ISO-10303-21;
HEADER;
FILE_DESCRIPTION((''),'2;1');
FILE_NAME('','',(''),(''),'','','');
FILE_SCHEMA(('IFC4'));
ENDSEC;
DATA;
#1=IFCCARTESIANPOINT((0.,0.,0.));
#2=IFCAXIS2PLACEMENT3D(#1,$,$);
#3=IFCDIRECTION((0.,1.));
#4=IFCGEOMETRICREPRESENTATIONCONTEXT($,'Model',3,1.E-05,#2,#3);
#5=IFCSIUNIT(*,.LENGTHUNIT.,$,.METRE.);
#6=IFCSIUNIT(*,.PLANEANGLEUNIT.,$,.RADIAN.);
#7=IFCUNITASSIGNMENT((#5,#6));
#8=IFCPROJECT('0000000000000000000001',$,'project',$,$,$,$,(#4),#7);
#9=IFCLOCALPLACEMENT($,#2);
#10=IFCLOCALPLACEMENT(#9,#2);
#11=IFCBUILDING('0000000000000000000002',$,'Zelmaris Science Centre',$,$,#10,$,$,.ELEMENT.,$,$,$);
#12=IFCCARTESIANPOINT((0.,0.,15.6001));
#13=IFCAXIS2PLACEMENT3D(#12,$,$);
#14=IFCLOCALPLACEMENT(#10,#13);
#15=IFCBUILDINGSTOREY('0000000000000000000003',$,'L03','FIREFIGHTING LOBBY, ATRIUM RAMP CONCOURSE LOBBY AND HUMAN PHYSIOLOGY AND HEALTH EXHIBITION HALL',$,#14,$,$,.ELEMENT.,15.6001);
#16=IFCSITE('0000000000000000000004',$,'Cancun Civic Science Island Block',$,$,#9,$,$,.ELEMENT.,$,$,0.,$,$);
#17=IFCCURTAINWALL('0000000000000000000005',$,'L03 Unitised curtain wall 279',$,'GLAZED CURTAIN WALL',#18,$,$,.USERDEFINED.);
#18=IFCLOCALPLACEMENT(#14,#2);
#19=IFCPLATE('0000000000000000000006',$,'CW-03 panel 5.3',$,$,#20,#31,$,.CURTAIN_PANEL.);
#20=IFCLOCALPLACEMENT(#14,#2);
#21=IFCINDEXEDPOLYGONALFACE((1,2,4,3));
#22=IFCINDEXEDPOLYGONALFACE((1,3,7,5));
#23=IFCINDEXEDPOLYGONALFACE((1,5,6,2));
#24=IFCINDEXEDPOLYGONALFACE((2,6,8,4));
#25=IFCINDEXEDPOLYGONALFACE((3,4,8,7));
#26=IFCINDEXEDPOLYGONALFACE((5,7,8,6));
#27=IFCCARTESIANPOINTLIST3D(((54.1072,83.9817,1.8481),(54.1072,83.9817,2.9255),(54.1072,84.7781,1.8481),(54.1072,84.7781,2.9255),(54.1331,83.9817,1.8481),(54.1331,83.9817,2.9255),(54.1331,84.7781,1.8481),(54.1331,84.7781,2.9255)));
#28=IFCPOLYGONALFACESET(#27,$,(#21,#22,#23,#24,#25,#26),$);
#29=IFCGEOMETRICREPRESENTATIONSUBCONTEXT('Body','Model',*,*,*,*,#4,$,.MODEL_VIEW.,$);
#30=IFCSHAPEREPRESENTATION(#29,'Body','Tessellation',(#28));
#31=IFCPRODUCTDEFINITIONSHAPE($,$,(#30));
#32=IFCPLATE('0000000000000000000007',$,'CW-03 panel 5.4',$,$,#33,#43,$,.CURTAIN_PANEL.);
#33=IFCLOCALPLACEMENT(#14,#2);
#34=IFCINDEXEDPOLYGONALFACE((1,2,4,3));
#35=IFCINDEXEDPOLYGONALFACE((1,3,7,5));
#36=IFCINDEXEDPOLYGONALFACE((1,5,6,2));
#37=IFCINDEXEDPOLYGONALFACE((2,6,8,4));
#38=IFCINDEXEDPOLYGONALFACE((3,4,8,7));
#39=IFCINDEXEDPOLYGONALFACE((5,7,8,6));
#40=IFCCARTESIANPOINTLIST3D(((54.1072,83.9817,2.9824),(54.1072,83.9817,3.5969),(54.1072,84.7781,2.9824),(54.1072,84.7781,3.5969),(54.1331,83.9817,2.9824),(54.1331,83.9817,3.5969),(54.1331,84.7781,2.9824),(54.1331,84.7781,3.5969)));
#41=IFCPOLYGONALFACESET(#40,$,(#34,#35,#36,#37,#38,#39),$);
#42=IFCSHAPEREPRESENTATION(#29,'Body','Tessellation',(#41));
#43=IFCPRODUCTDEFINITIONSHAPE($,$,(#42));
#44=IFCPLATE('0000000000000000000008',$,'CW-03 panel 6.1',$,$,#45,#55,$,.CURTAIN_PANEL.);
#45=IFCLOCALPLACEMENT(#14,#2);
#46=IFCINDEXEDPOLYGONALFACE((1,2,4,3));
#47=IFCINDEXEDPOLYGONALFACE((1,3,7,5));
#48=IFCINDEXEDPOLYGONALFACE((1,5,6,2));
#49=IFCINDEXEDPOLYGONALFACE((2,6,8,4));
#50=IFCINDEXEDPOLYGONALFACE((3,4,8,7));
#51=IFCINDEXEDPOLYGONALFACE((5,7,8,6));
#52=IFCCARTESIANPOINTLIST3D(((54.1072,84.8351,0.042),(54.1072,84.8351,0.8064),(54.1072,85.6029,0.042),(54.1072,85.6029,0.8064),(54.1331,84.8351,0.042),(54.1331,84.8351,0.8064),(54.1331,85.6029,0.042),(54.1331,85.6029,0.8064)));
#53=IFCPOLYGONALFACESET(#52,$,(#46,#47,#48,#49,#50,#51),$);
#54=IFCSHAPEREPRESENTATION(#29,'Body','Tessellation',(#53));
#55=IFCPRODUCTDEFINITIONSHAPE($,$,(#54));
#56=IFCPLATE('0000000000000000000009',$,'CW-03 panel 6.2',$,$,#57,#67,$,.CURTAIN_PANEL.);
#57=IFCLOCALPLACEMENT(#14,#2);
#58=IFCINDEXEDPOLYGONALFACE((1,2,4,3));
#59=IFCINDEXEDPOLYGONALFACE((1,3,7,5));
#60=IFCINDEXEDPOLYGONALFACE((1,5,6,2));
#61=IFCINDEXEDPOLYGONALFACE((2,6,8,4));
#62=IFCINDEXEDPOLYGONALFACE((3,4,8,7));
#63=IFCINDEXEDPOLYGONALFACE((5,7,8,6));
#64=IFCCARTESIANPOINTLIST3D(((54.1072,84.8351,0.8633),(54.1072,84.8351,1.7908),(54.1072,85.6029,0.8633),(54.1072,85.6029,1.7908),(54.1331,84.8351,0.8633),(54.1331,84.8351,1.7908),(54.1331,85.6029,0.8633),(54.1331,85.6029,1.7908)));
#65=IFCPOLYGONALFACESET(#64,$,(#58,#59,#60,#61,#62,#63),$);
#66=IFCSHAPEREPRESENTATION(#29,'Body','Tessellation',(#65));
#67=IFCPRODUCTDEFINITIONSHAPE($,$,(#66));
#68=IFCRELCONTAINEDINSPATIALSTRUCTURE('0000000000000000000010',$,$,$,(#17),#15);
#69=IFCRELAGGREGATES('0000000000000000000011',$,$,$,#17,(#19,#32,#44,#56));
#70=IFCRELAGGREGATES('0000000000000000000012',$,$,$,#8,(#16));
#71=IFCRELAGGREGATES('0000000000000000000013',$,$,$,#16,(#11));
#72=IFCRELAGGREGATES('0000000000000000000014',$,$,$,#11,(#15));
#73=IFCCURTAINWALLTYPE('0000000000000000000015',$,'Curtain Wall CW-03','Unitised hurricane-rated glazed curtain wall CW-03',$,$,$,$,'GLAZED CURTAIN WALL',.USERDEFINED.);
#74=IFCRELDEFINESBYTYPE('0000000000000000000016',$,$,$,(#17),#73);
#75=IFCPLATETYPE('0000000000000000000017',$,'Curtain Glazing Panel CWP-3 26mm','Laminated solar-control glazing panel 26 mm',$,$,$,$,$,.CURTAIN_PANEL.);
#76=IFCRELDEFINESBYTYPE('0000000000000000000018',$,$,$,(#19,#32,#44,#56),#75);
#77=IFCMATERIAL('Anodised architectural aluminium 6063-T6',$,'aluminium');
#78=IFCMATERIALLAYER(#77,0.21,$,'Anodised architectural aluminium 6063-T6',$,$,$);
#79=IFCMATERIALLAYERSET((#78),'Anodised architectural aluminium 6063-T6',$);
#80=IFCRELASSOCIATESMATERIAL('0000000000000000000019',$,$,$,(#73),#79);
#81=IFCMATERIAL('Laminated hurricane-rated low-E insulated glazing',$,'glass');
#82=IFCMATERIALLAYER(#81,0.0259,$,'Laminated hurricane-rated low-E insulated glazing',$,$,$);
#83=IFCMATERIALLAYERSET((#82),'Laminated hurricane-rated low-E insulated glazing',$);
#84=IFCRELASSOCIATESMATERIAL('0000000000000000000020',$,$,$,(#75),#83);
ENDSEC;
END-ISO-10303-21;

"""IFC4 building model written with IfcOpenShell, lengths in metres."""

from ifc_helpers import new_model, si_unit, direction, frame, origin, origin_2d, place, context, subcontext, project, spatial, rectangle, extrude, material, layer, layer_set, type_object, element, aggregate, save


model = new_model("IFC4")

# Units and contexts
model_context = context("Model", 3, precision=1e-05, world=origin(), true_north=direction((0.0, 1.0)))
body_context = subcontext(model_context, "Body", "Model", "MODEL_VIEW")
ifc_project = project(units=[si_unit("LENGTHUNIT", "METRE"), si_unit("PLANEANGLEUNIT", "RADIAN")], contexts=[model_context])

# Site, building, storey
site_placement = place(None, origin())
site = spatial("IfcSite", under=ifc_project, at=site_placement, Name="Cancun Civic Science Island Block", CompositionType="ELEMENT", RefElevation=0.0)
building_placement = place(site_placement, origin())
building = spatial("IfcBuilding", under=site, at=building_placement, Name="Zelmaris Science Centre", CompositionType="ELEMENT")
storey_placement = place(building_placement, frame((0.0, 0.0, 15.6001)))
storey = spatial("IfcBuildingStorey", under=building, at=storey_placement, Name="L03", Description="FIREFIGHTING LOBBY, ATRIUM RAMP CONCOURSE LOBBY AND HUMAN PHYSIOLOGY AND HEALTH EXHIBITION HALL", CompositionType="ELEMENT", Elevation=15.6001)

# Curtain wall, plates
ifc_material_1 = material(Name="Anodised architectural aluminium 6063-T6", Category="aluminium")
ifc_layer_1 = layer(ifc_material_1, 0.21, Name="Anodised architectural aluminium 6063-T6")
ifc_layer_set_1 = layer_set([ifc_layer_1], Name="Anodised architectural aluminium 6063-T6")
curtain_wall_type = type_object("IfcCurtainWallType", Name="Curtain Wall CW-03", Description="Unitised hurricane-rated glazed curtain wall CW-03", ElementType="GLAZED CURTAIN WALL", PredefinedType="USERDEFINED", material=ifc_layer_set_1)
curtain_wall_placement = place(storey_placement, origin())
curtain_wall = element("IfcCurtainWall", 1, at=curtain_wall_placement, inside=storey, type_object=curtain_wall_type, Name="L03 Unitised curtain wall 279", ObjectType="GLAZED CURTAIN WALL", PredefinedType="USERDEFINED")
ifc_material_2 = material(Name="Laminated hurricane-rated low-E insulated glazing", Category="glass")
ifc_layer_2 = layer(ifc_material_2, 0.0259, Name="Laminated hurricane-rated low-E insulated glazing")
ifc_layer_set_2 = layer_set([ifc_layer_2], Name="Laminated hurricane-rated low-E insulated glazing")
plate_type = type_object("IfcPlateType", Name="Curtain Glazing Panel CWP-3 26mm", Description="Laminated solar-control glazing panel 26 mm", PredefinedType="CURTAIN_PANEL", material=ifc_layer_set_2)
plate_1_placement = place(storey_placement, frame((54.1201, 84.3799, 1.8481), z_axis=(0.0, 0.0, 1.0), x_axis=(0.0, 1.0, 0.0)))
plate_1 = element("IfcPlate", 2, at=plate_1_placement, type_object=plate_type, Name="CW-03 panel 5.3", PredefinedType="CURTAIN_PANEL", context=body_context, shape_type="SweptSolid", body=[
    extrude(rectangle(XDim=0.7964, YDim=0.0259, at=origin_2d()), origin(), (0.0, 0.0, 1.0), 1.0774),
])
plate_2_placement = place(storey_placement, frame((54.1201, 84.3799, 2.9824), z_axis=(0.0, 0.0, 1.0), x_axis=(0.0, 1.0, 0.0)))
plate_2 = element("IfcPlate", 3, at=plate_2_placement, type_object=plate_type, Name="CW-03 panel 5.4", PredefinedType="CURTAIN_PANEL", context=body_context, shape_type="SweptSolid", body=[
    extrude(rectangle(XDim=0.7964, YDim=0.0259, at=origin_2d()), origin(), (0.0, 0.0, 1.0), 0.6145),
])
plate_3_placement = place(storey_placement, frame((54.1201, 85.219, 0.042), z_axis=(0.0, 0.0, 1.0), x_axis=(0.0, 1.0, 0.0)))
plate_3 = element("IfcPlate", 4, at=plate_3_placement, type_object=plate_type, Name="CW-03 panel 6.1", PredefinedType="CURTAIN_PANEL", context=body_context, shape_type="SweptSolid", body=[
    extrude(rectangle(XDim=0.7678, YDim=0.0259, at=origin_2d()), origin(), (0.0, 0.0, 1.0), 0.7644),
])
plate_4_placement = place(storey_placement, frame((54.1201, 85.219, 0.8633), z_axis=(0.0, 0.0, 1.0), x_axis=(0.0, 1.0, 0.0)))
plate_4 = element("IfcPlate", 5, at=plate_4_placement, type_object=plate_type, Name="CW-03 panel 6.2", PredefinedType="CURTAIN_PANEL", context=body_context, shape_type="SweptSolid", body=[
    extrude(rectangle(XDim=0.7678, YDim=0.0259, at=origin_2d()), origin(), (0.0, 0.0, 1.0), 0.9275),
])
aggregate(curtain_wall, [plate_1, plate_2, plate_3, plate_4])

save(model, "model.ifc")
